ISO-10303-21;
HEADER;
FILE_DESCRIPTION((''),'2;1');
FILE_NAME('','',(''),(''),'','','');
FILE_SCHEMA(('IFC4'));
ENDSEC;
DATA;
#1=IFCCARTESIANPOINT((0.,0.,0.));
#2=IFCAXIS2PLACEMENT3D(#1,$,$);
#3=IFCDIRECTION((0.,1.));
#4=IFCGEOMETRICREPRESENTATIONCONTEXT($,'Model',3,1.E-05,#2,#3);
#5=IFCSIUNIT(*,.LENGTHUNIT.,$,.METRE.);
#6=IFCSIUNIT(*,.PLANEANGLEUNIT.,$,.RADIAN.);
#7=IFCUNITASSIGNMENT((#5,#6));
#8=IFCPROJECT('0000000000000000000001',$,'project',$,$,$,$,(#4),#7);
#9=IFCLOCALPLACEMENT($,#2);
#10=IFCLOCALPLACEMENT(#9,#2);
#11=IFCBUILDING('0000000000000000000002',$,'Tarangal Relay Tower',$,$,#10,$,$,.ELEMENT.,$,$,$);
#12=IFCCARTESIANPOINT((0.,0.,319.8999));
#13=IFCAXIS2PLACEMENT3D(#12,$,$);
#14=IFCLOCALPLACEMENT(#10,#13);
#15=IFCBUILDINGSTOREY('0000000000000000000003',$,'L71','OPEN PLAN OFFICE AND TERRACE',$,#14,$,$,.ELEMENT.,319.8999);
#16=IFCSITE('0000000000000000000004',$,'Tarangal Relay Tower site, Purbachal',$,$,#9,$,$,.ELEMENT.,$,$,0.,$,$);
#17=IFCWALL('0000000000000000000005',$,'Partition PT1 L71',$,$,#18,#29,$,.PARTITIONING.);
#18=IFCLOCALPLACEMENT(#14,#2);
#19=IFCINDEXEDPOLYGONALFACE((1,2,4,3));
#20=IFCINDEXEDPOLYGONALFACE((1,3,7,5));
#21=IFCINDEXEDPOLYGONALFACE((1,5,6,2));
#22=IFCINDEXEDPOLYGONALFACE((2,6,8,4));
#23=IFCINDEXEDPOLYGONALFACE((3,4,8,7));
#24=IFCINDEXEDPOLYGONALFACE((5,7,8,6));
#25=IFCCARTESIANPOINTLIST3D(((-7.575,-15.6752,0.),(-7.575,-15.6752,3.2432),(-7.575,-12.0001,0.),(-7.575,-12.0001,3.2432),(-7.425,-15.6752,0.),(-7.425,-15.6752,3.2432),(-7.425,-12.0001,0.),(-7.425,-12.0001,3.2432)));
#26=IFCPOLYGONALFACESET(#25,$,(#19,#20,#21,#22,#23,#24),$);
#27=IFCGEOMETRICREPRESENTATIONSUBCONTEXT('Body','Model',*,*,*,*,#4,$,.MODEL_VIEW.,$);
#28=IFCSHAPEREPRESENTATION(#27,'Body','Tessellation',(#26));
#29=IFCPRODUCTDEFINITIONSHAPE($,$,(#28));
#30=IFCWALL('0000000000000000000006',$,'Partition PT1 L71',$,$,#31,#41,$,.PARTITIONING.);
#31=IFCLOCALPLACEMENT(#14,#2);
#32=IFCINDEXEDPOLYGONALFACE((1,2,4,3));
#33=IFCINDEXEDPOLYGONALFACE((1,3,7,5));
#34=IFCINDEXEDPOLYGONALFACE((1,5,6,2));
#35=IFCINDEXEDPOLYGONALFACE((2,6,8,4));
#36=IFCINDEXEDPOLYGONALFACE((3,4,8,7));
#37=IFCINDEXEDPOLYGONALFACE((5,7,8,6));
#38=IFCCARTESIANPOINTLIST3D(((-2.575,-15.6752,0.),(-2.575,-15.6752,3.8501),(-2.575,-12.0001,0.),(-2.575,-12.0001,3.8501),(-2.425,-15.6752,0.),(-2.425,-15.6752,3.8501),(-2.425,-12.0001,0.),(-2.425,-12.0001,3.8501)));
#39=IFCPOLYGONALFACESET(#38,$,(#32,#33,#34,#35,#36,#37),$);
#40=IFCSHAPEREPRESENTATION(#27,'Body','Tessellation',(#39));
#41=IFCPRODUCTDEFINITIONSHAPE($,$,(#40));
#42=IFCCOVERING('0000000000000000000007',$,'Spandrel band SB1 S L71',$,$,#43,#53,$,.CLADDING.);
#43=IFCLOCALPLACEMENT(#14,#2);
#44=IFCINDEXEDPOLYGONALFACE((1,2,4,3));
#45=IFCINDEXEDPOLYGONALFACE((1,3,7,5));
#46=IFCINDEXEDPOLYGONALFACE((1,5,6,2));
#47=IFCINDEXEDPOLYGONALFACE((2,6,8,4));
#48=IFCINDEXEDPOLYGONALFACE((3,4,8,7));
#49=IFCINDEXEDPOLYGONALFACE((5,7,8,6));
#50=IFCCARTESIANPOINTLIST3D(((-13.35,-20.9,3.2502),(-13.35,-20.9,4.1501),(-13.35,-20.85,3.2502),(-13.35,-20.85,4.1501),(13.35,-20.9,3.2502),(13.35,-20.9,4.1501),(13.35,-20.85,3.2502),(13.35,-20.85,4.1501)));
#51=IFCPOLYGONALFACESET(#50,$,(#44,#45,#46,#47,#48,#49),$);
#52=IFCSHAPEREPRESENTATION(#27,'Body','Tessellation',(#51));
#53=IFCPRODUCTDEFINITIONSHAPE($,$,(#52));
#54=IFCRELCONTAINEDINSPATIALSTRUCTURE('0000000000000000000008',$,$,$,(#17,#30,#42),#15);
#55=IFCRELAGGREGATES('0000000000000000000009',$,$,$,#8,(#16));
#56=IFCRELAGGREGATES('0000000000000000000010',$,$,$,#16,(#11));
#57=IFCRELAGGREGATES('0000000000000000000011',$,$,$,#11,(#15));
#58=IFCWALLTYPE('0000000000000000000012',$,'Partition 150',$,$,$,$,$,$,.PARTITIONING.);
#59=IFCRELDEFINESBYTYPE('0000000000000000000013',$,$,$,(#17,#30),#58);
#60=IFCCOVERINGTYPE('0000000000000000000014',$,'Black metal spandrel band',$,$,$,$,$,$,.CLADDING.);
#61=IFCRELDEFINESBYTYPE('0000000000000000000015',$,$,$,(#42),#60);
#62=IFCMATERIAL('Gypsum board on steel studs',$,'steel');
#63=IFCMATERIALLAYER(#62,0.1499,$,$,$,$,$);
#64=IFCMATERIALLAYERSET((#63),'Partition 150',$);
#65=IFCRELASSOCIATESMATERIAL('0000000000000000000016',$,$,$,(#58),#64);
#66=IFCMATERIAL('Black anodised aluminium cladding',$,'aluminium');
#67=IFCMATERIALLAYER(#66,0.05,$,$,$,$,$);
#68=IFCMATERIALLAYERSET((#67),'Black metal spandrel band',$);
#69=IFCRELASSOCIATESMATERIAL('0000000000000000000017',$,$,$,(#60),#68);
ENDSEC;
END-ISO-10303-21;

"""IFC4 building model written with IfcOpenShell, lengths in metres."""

from ifc_helpers import new_model, si_unit, direction, frame, frame_2d, origin, origin_2d, place, context, subcontext, project, spatial, rectangle, extrude, material, layer, layer_set, type_object, element, save


model = new_model("IFC4")

# Units and contexts
model_context = context("Model", 3, precision=1e-05, world=origin(), true_north=direction((0.0, 1.0)))
body_context = subcontext(model_context, "Body", "Model", "MODEL_VIEW")
ifc_project = project(units=[si_unit("LENGTHUNIT", "METRE"), si_unit("PLANEANGLEUNIT", "RADIAN")], contexts=[model_context])

# Site, building, storey
site_placement = place(None, origin())
site = spatial("IfcSite", under=ifc_project, at=site_placement, Name="Tarangal Relay Tower site, Purbachal", CompositionType="ELEMENT", RefElevation=0.0)
building_placement = place(site_placement, origin())
building = spatial("IfcBuilding", under=site, at=building_placement, Name="Tarangal Relay Tower", CompositionType="ELEMENT")
storey_placement = place(building_placement, frame((0.0, 0.0, 319.8999)))
storey = spatial("IfcBuildingStorey", under=building, at=storey_placement, Name="L71", Description="OPEN PLAN OFFICE AND TERRACE", CompositionType="ELEMENT", Elevation=319.8999)

# Shared definitions
ifc_material_1 = material(Name="Gypsum board on steel studs", Category="steel")
ifc_layer_1 = layer(ifc_material_1, 0.1499)
ifc_layer_set_1 = layer_set([ifc_layer_1], Name="Partition 150")
wall_type_1 = type_object("IfcWallType", Name="Partition 150", PredefinedType="PARTITIONING", material=ifc_layer_set_1)

# Walls
wall_1_placement = place(storey_placement, frame((-7.5, -15.675, 0.0), z_axis=(0.0, 0.0, 1.0), x_axis=(0.0, 1.0, 0.0)))
element("IfcWall", 1, at=wall_1_placement, inside=storey, type_object=wall_type_1, Name="Partition PT1 L71", PredefinedType="PARTITIONING", context=body_context, shape_type="SweptSolid", body=[
    extrude(rectangle(XDim=3.675, YDim=0.1499, at=frame_2d((1.8374, 0.0))), origin(), (0.0, 0.0, 1.0), 3.2432),
])
wall_2_placement = place(storey_placement, frame((-2.5, -15.675, 0.0), z_axis=(0.0, 0.0, 1.0), x_axis=(0.0, 1.0, 0.0)))
element("IfcWall", 2, at=wall_2_placement, inside=storey, type_object=wall_type_1, Name="Partition PT1 L71", PredefinedType="PARTITIONING", context=body_context, shape_type="SweptSolid", body=[
    extrude(rectangle(XDim=3.675, YDim=0.1499, at=frame_2d((1.8374, 0.0))), origin(), (0.0, 0.0, 1.0), 3.8501),
])

# Covering
ifc_material_2 = material(Name="Black anodised aluminium cladding", Category="aluminium")
ifc_layer_2 = layer(ifc_material_2, 0.05)
ifc_layer_set_2 = layer_set([ifc_layer_2], Name="Black metal spandrel band")
covering_type = type_object("IfcCoveringType", Name="Black metal spandrel band", PredefinedType="CLADDING", material=ifc_layer_set_2)
covering_placement = place(storey_placement, frame((0.0, -20.875, 3.2502), z_axis=(0.0, 0.0, 1.0), x_axis=(-1.0, 0.0, 0.0)))
element("IfcCovering", 3, at=covering_placement, inside=storey, type_object=covering_type, Name="Spandrel band SB1 S L71", PredefinedType="CLADDING", context=body_context, shape_type="SweptSolid", body=[
    extrude(rectangle(XDim=26.7, YDim=0.05, at=origin_2d()), origin(), (0.0, 0.0, 1.0), 0.8999),
])

save(model, "model.ifc")
